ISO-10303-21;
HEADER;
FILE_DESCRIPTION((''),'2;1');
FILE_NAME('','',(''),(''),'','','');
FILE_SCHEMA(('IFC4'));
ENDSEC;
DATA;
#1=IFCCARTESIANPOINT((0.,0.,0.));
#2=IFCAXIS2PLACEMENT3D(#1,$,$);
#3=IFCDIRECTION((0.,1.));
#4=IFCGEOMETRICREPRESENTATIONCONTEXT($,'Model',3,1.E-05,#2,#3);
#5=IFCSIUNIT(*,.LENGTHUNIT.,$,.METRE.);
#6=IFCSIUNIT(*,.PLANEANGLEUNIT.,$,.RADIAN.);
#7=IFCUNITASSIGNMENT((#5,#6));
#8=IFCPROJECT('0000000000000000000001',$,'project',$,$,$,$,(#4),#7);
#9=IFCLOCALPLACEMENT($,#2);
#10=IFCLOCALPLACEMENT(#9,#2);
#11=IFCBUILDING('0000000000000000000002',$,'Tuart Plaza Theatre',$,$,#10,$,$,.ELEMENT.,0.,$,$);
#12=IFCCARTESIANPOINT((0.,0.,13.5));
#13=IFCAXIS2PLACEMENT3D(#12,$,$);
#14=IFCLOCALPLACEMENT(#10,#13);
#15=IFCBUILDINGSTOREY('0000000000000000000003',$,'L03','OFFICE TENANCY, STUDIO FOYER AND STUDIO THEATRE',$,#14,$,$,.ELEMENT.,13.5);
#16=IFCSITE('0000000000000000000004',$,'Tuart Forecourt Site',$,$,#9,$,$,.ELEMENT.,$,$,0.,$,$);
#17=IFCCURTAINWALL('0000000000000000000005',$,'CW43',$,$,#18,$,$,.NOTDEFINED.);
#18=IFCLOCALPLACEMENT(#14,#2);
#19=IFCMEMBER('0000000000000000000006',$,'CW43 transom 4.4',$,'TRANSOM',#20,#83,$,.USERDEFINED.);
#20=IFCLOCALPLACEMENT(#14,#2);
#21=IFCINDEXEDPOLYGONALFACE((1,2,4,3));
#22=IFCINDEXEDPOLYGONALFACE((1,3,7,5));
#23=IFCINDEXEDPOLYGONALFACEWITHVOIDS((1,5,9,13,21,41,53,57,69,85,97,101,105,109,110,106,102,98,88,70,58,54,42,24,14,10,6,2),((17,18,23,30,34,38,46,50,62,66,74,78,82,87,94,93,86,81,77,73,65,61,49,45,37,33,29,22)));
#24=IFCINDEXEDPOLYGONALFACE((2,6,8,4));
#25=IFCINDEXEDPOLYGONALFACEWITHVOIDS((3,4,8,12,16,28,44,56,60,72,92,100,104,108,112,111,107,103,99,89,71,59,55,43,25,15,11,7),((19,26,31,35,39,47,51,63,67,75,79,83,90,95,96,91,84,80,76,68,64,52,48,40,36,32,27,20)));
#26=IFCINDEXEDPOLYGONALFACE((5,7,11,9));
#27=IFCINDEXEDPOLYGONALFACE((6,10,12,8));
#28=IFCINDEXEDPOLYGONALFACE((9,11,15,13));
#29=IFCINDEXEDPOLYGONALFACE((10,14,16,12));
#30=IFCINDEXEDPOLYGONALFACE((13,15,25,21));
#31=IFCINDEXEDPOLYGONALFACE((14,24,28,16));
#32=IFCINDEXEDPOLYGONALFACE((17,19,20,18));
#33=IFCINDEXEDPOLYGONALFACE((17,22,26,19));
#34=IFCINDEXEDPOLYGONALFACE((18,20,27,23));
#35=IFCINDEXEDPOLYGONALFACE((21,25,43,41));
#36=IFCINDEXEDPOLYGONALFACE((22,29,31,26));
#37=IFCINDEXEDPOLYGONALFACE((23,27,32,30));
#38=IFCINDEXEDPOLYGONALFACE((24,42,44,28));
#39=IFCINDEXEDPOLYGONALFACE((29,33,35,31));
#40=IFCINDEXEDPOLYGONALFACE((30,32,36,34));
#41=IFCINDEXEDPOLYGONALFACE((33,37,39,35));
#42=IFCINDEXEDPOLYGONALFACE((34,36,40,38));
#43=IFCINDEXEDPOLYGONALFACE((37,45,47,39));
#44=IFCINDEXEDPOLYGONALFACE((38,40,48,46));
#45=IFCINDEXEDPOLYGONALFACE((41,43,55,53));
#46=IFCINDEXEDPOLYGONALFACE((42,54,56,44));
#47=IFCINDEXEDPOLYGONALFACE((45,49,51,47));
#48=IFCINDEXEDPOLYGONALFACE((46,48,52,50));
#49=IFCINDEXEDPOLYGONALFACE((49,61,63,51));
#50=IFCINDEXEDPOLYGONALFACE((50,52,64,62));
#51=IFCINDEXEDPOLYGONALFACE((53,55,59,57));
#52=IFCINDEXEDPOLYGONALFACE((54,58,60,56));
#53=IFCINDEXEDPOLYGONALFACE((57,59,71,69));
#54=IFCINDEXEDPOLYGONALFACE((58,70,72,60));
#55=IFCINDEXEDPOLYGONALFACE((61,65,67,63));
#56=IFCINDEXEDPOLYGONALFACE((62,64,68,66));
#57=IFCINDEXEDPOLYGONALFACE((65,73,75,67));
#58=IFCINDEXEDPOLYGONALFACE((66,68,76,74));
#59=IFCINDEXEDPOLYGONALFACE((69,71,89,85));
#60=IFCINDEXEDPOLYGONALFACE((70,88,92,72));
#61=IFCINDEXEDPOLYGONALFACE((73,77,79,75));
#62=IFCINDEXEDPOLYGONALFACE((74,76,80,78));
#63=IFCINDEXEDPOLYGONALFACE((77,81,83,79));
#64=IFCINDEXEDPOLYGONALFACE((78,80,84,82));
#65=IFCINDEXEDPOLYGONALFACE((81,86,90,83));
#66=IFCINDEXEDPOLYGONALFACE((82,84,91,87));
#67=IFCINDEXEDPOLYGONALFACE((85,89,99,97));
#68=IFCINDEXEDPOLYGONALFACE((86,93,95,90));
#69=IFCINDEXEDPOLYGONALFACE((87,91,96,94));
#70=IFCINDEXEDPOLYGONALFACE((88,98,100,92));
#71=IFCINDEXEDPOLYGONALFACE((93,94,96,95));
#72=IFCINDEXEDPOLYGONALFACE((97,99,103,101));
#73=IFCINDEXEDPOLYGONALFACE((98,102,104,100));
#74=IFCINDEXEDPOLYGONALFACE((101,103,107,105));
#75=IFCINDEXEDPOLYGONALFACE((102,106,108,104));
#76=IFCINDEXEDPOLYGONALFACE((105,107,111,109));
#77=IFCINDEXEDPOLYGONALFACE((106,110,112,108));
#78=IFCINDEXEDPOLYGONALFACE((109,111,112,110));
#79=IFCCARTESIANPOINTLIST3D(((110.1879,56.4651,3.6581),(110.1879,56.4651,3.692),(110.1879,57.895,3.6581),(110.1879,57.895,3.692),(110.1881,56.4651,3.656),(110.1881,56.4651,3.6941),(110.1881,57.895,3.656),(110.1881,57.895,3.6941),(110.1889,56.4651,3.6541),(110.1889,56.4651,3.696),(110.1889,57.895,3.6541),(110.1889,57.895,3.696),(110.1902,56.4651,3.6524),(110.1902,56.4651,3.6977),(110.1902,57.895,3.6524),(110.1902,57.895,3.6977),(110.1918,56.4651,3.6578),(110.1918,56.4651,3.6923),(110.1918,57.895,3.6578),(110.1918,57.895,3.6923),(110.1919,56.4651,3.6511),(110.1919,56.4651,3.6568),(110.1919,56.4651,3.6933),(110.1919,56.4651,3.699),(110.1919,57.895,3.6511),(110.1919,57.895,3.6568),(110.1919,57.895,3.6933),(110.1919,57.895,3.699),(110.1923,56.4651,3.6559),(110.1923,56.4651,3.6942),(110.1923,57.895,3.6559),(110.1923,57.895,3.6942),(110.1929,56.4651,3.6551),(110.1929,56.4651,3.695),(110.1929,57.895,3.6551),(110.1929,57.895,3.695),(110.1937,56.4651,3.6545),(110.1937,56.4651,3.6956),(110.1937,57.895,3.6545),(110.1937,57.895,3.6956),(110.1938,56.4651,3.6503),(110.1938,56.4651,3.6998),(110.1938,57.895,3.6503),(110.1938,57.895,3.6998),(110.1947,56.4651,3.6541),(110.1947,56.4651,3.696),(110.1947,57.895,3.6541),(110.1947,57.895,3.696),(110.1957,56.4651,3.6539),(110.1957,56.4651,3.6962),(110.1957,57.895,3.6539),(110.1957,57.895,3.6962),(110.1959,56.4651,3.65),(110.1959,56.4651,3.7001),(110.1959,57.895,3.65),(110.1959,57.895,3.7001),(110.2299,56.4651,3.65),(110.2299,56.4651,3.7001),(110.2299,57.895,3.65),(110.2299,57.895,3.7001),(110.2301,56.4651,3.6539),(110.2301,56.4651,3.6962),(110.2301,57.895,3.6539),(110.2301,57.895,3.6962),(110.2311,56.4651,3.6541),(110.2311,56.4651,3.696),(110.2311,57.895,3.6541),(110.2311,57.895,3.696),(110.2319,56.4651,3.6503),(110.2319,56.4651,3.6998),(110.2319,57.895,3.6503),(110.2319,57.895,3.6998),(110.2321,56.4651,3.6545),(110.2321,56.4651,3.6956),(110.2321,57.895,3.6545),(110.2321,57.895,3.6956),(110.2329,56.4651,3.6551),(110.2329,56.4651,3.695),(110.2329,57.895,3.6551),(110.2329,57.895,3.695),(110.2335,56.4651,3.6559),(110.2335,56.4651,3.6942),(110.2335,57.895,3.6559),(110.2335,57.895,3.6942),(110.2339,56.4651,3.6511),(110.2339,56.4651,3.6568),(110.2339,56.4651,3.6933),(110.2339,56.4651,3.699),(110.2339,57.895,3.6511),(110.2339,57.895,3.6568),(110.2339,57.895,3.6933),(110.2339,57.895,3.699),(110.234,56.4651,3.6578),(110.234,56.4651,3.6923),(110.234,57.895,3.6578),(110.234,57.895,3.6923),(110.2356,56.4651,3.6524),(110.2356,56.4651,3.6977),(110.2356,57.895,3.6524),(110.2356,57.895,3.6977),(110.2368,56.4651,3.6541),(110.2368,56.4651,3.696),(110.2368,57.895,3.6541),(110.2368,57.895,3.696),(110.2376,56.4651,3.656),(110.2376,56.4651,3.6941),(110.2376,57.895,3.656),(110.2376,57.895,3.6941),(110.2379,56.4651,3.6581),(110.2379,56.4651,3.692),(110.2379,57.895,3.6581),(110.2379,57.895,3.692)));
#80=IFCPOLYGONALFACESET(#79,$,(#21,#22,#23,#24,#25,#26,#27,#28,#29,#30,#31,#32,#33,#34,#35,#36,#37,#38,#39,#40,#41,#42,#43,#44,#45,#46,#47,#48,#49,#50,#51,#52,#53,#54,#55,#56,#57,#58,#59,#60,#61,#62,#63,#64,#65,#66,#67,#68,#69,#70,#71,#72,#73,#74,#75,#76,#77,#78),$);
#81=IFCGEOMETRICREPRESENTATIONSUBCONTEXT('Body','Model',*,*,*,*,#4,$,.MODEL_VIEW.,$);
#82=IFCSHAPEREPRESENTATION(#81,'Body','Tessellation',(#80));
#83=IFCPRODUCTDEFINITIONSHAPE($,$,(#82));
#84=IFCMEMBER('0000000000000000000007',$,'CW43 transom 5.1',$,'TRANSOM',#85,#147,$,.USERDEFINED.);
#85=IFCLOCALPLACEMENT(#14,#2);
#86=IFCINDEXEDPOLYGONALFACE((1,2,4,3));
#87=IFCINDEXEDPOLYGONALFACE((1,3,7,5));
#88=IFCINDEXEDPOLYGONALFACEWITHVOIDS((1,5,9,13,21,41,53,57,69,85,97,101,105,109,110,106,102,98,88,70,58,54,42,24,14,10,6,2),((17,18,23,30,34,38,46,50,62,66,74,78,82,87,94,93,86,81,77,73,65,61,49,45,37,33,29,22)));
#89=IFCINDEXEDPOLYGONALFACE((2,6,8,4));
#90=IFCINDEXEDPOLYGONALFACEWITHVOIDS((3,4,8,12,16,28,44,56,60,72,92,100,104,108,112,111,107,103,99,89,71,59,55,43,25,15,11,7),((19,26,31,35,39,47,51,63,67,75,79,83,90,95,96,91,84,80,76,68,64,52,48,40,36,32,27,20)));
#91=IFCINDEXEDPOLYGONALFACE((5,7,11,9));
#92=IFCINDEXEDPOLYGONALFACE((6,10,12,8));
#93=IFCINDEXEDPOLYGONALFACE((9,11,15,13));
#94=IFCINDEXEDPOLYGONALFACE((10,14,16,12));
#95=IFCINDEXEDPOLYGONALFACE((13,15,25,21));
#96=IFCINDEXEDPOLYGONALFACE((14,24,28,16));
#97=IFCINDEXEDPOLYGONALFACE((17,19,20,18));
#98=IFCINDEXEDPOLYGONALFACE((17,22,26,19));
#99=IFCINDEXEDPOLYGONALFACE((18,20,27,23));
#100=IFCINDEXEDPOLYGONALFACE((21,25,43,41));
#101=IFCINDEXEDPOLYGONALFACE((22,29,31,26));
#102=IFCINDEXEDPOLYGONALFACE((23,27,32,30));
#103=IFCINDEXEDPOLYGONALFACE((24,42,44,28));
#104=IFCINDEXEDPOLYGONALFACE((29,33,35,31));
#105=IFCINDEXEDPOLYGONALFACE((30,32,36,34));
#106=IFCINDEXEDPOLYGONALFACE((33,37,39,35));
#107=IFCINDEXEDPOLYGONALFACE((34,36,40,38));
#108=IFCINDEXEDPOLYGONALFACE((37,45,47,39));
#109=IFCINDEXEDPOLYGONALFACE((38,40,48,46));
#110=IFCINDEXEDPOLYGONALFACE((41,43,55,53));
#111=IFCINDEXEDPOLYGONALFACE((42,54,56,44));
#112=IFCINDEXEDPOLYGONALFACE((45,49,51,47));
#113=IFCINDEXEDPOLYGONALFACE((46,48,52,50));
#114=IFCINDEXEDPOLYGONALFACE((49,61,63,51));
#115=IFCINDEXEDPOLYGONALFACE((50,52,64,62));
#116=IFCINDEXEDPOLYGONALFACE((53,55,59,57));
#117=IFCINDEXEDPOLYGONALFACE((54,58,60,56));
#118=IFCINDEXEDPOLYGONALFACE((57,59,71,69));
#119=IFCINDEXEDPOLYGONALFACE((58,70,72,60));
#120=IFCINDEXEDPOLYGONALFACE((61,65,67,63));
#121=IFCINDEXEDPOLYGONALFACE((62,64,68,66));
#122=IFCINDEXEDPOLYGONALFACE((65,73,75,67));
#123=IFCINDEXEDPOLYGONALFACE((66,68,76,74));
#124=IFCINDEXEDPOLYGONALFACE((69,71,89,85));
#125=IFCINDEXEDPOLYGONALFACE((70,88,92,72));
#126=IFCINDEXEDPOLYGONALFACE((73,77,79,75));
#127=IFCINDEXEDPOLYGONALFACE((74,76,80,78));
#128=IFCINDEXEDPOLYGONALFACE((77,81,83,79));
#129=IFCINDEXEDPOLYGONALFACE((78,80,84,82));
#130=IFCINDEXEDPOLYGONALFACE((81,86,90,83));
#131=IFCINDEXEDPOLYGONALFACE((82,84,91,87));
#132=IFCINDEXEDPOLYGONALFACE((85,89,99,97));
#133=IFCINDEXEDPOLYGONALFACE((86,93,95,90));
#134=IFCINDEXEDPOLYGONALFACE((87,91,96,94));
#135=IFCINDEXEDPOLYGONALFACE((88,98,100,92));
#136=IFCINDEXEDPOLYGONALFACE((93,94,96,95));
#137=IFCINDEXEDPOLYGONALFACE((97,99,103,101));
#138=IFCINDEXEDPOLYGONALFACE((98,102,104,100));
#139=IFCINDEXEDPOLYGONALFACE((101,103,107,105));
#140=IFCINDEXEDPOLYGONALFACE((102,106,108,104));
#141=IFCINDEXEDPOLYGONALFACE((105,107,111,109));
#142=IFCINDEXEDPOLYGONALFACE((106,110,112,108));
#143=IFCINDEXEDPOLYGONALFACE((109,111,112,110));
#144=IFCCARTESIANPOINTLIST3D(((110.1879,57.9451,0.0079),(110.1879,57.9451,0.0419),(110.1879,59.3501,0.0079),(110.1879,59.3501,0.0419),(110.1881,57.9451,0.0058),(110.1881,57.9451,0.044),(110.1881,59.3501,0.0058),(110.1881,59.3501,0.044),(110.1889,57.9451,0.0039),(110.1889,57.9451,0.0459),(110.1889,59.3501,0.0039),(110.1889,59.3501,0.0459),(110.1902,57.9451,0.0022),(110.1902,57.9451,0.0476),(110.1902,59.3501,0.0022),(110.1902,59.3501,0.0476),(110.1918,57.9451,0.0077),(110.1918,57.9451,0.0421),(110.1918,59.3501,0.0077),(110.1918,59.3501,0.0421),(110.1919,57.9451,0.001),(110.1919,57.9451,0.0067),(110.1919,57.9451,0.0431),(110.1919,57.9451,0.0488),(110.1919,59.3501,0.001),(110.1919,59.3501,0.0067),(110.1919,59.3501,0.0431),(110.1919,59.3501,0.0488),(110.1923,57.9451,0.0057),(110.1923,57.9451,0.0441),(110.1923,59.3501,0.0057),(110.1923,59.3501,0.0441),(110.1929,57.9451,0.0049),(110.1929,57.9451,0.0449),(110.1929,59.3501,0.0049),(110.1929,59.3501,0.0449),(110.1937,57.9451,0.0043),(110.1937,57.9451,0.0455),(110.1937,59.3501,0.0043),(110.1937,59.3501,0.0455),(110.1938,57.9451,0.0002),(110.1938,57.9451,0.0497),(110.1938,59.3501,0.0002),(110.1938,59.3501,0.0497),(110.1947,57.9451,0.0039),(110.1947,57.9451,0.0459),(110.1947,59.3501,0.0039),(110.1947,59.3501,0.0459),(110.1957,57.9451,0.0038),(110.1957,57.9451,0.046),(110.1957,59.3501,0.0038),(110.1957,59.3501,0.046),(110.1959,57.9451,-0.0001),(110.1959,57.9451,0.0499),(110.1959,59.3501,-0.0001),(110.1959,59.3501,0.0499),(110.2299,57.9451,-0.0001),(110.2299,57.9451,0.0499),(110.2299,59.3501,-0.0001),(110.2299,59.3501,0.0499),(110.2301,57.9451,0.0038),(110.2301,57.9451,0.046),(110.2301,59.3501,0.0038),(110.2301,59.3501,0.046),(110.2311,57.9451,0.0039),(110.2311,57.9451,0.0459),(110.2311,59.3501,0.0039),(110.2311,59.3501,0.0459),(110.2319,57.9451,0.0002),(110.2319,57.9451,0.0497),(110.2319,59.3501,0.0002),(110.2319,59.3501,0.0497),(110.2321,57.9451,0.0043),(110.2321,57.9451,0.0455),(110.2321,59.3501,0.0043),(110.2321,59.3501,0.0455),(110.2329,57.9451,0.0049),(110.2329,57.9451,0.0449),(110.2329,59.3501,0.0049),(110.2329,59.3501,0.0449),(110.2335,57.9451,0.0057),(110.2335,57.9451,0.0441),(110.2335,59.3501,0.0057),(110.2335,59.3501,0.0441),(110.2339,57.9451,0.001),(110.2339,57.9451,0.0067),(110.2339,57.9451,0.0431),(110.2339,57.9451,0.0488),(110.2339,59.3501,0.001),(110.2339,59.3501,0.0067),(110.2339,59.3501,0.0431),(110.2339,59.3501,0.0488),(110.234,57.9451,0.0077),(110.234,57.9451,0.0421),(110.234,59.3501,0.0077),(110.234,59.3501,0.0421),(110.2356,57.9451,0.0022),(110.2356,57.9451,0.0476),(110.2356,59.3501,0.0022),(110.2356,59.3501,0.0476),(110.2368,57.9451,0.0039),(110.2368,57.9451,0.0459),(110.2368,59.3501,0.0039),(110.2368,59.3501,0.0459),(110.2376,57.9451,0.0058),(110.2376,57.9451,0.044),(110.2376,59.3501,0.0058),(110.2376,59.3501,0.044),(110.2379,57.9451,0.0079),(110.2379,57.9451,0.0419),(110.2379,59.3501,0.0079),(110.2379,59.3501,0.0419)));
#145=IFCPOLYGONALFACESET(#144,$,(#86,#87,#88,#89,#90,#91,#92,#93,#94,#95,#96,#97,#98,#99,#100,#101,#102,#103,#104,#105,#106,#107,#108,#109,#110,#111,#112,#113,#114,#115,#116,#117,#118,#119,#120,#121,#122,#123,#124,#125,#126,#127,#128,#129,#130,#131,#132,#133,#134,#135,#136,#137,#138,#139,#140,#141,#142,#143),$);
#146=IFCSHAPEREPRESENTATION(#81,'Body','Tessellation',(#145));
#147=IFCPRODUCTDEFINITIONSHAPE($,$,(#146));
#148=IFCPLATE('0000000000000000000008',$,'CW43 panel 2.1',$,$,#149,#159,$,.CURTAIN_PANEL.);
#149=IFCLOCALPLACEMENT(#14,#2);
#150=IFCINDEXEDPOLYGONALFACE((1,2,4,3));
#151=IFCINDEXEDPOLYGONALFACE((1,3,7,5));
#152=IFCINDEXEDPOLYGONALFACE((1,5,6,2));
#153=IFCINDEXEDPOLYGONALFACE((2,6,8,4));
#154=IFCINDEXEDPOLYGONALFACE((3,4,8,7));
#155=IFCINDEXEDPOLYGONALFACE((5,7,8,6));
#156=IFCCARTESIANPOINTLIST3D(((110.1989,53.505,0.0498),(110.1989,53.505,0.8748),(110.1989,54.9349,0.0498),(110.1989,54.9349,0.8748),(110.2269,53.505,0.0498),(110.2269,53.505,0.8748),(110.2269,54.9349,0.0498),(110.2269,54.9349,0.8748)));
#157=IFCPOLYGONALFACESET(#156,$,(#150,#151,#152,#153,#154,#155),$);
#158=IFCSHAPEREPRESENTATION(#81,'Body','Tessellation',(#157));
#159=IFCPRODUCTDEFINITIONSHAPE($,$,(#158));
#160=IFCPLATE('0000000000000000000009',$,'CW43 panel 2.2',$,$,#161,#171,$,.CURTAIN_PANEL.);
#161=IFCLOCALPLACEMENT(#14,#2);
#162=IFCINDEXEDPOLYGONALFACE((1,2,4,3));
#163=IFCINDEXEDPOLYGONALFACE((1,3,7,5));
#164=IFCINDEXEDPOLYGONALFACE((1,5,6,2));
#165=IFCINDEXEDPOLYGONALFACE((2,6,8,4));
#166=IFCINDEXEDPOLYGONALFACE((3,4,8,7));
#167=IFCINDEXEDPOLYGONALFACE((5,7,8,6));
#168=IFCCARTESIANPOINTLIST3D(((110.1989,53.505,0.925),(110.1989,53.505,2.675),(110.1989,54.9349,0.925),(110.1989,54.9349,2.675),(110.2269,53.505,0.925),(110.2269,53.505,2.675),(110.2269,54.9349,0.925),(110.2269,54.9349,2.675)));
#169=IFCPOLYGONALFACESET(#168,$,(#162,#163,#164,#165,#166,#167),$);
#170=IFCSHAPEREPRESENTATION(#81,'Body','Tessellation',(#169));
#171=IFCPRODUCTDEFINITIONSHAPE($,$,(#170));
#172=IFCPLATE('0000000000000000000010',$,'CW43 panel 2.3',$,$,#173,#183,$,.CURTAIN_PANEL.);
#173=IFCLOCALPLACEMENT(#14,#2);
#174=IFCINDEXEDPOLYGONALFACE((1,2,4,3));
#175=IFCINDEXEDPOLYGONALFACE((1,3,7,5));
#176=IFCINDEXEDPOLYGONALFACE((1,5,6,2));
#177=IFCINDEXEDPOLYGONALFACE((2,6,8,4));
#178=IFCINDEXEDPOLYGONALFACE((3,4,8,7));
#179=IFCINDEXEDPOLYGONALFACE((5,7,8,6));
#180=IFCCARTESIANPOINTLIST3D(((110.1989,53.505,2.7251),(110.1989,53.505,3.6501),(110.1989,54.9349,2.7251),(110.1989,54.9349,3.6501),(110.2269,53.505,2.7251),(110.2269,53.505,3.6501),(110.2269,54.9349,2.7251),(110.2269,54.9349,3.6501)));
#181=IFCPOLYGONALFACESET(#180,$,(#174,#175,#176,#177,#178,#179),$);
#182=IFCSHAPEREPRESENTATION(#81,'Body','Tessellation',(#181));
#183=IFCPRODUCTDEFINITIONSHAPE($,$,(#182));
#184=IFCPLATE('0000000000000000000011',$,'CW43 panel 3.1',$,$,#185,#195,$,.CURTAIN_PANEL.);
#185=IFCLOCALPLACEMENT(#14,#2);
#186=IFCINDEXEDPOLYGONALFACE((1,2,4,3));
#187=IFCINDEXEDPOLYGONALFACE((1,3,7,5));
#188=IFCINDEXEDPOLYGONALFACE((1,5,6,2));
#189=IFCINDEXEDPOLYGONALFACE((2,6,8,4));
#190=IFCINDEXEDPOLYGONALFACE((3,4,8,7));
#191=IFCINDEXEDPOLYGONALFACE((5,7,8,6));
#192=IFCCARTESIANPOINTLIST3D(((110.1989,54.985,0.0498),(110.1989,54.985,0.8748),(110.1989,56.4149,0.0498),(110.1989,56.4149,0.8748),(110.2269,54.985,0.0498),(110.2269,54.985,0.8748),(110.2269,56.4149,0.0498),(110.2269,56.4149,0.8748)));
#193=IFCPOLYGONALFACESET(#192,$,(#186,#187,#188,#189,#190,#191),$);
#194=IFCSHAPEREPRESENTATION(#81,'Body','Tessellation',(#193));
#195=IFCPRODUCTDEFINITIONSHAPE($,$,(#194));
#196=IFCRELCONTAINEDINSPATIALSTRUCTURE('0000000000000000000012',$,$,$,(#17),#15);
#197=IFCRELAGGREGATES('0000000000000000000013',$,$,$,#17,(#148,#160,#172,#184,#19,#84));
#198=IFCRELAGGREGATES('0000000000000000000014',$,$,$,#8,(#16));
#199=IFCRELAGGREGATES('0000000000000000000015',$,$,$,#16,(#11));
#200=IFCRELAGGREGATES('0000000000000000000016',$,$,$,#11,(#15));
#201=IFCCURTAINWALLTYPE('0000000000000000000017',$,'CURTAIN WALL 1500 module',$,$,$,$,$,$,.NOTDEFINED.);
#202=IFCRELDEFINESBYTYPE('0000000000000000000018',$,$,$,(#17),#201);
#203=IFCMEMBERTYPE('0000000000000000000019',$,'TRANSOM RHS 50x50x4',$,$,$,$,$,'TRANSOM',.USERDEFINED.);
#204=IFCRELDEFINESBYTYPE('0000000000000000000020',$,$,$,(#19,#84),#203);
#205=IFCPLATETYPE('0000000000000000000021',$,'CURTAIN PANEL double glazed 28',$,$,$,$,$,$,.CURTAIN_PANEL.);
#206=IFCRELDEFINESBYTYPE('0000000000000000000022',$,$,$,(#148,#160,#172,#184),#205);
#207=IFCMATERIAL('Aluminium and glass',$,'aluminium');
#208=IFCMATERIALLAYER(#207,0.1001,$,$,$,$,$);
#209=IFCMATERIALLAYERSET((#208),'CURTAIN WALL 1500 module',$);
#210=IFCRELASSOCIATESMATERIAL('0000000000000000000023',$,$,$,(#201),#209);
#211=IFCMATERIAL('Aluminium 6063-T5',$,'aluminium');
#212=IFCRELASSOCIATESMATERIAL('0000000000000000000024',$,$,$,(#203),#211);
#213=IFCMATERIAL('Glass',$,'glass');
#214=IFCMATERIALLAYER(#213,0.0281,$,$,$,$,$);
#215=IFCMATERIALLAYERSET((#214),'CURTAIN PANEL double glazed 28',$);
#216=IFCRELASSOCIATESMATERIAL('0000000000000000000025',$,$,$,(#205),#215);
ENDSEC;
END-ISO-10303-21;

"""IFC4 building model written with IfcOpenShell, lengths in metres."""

from ifc_helpers import new_model, si_unit, direction, frame, origin, origin_2d, place, context, subcontext, project, spatial, rectangle, hollow_rectangle, extrude, material, layer, layer_set, material_profile, profile_set, type_object, element, aggregate, save


model = new_model("IFC4")

# Units and contexts
model_context = context("Model", 3, precision=1e-05, world=origin(), true_north=direction((0.0, 1.0)))
body_context = subcontext(model_context, "Body", "Model", "MODEL_VIEW")
ifc_project = project(units=[si_unit("LENGTHUNIT", "METRE"), si_unit("PLANEANGLEUNIT", "RADIAN")], contexts=[model_context])

# Site, building, storey
site_placement = place(None, origin())
site = spatial("IfcSite", under=ifc_project, at=site_placement, Name="Tuart Forecourt Site", CompositionType="ELEMENT", RefElevation=0.0)
building_placement = place(site_placement, origin())
building = spatial("IfcBuilding", under=site, at=building_placement, Name="Tuart Plaza Theatre", CompositionType="ELEMENT", ElevationOfRefHeight=0.0)
storey_placement = place(building_placement, frame((0.0, 0.0, 13.5)))
storey = spatial("IfcBuildingStorey", under=building, at=storey_placement, Name="L03", Description="OFFICE TENANCY, STUDIO FOYER AND STUDIO THEATRE", CompositionType="ELEMENT", Elevation=13.5)

# Curtain wall, members, plates
ifc_material_1 = material(Name="Aluminium and glass", Category="aluminium")
ifc_layer_1 = layer(ifc_material_1, 0.1001)
ifc_layer_set_1 = layer_set([ifc_layer_1], Name="CURTAIN WALL 1500 module")
curtain_wall_type = type_object("IfcCurtainWallType", Name="CURTAIN WALL 1500 module", PredefinedType="NOTDEFINED", material=ifc_layer_set_1)
curtain_wall_placement = place(storey_placement, origin())
curtain_wall = element("IfcCurtainWall", 1, at=curtain_wall_placement, inside=storey, type_object=curtain_wall_type, Name="CW43", PredefinedType="NOTDEFINED")
ifc_material_2 = material(Name="Aluminium 6063-T5", Category="aluminium")
ifc_material_profile_1 = material_profile(ifc_material_2, hollow_rectangle(XDim=0.05, YDim=0.05, WallThickness=0.0039, InnerFilletRadius=0.0039, OuterFilletRadius=0.0081, at=origin_2d()), Name="RHS 50x50x4")
ifc_profile_set_1 = profile_set([ifc_material_profile_1], Name="Aluminium 6063-T5")
member_type_1 = type_object("IfcMemberType", Name="TRANSOM RHS 50x50x4", ElementType="TRANSOM", PredefinedType="USERDEFINED", material=ifc_profile_set_1)
member_1_placement = place(storey_placement, frame((110.2129, 56.4651, 3.675), z_axis=(0.0, 1.0, 0.0), x_axis=(-1.0, 0.0, 0.0)))
member_1 = element("IfcMember", 2, at=member_1_placement, type_object=member_type_1, Name="CW43 transom 4.4", ObjectType="TRANSOM", PredefinedType="USERDEFINED", context=body_context, shape_type="SweptSolid", body=[
    extrude(hollow_rectangle(XDim=0.05, YDim=0.05, WallThickness=0.0039, InnerFilletRadius=0.0039, OuterFilletRadius=0.0081, at=origin_2d()), origin(), (0.0, 0.0, 1.0), 1.4299),
])
member_2_placement = place(storey_placement, frame((110.2129, 57.9451, 0.0249), z_axis=(0.0, 1.0, 0.0), x_axis=(-1.0, 0.0, 0.0)))
member_2 = element("IfcMember", 3, at=member_2_placement, type_object=member_type_1, Name="CW43 transom 5.1", ObjectType="TRANSOM", PredefinedType="USERDEFINED", context=body_context, shape_type="SweptSolid", body=[
    extrude(hollow_rectangle(XDim=0.05, YDim=0.05, WallThickness=0.0039, InnerFilletRadius=0.0039, OuterFilletRadius=0.0081, at=origin_2d()), origin(), (0.0, 0.0, 1.0), 1.405),
])
ifc_material_3 = material(Name="Glass", Category="glass")
ifc_layer_2 = layer(ifc_material_3, 0.0281)
ifc_layer_set_2 = layer_set([ifc_layer_2], Name="CURTAIN PANEL double glazed 28")
plate_type = type_object("IfcPlateType", Name="CURTAIN PANEL double glazed 28", PredefinedType="CURTAIN_PANEL", material=ifc_layer_set_2)
plate_1_placement = place(storey_placement, frame((110.2129, 54.22, 0.0498), z_axis=(0.0, 0.0, 1.0), x_axis=(0.0, 1.0, 0.0)))
plate_1 = element("IfcPlate", 4, at=plate_1_placement, type_object=plate_type, Name="CW43 panel 2.1", PredefinedType="CURTAIN_PANEL", context=body_context, shape_type="SweptSolid", body=[
    extrude(rectangle(XDim=1.4299, YDim=0.0281, at=origin_2d()), origin(), (0.0, 0.0, 1.0), 0.825),
])
plate_2_placement = place(storey_placement, frame((110.2129, 54.22, 0.925), z_axis=(0.0, 0.0, 1.0), x_axis=(0.0, 1.0, 0.0)))
plate_2 = element("IfcPlate", 5, at=plate_2_placement, type_object=plate_type, Name="CW43 panel 2.2", PredefinedType="CURTAIN_PANEL", context=body_context, shape_type="SweptSolid", body=[
    extrude(rectangle(XDim=1.4299, YDim=0.0281, at=origin_2d()), origin(), (0.0, 0.0, 1.0), 1.75),
])
plate_3_placement = place(storey_placement, frame((110.2129, 54.22, 2.7251), z_axis=(0.0, 0.0, 1.0), x_axis=(0.0, 1.0, 0.0)))
plate_3 = element("IfcPlate", 6, at=plate_3_placement, type_object=plate_type, Name="CW43 panel 2.3", PredefinedType="CURTAIN_PANEL", context=body_context, shape_type="SweptSolid", body=[
    extrude(rectangle(XDim=1.4299, YDim=0.0281, at=origin_2d()), origin(), (0.0, 0.0, 1.0), 0.925),
])
plate_4_placement = place(storey_placement, frame((110.2129, 55.7, 0.0498), z_axis=(0.0, 0.0, 1.0), x_axis=(0.0, 1.0, 0.0)))
plate_4 = element("IfcPlate", 7, at=plate_4_placement, type_object=plate_type, Name="CW43 panel 3.1", PredefinedType="CURTAIN_PANEL", context=body_context, shape_type="SweptSolid", body=[
    extrude(rectangle(XDim=1.4299, YDim=0.0281, at=origin_2d()), origin(), (0.0, 0.0, 1.0), 0.825),
])
aggregate(curtain_wall, [plate_1, plate_2, plate_3, plate_4, member_1, member_2])

save(model, "model.ifc")
